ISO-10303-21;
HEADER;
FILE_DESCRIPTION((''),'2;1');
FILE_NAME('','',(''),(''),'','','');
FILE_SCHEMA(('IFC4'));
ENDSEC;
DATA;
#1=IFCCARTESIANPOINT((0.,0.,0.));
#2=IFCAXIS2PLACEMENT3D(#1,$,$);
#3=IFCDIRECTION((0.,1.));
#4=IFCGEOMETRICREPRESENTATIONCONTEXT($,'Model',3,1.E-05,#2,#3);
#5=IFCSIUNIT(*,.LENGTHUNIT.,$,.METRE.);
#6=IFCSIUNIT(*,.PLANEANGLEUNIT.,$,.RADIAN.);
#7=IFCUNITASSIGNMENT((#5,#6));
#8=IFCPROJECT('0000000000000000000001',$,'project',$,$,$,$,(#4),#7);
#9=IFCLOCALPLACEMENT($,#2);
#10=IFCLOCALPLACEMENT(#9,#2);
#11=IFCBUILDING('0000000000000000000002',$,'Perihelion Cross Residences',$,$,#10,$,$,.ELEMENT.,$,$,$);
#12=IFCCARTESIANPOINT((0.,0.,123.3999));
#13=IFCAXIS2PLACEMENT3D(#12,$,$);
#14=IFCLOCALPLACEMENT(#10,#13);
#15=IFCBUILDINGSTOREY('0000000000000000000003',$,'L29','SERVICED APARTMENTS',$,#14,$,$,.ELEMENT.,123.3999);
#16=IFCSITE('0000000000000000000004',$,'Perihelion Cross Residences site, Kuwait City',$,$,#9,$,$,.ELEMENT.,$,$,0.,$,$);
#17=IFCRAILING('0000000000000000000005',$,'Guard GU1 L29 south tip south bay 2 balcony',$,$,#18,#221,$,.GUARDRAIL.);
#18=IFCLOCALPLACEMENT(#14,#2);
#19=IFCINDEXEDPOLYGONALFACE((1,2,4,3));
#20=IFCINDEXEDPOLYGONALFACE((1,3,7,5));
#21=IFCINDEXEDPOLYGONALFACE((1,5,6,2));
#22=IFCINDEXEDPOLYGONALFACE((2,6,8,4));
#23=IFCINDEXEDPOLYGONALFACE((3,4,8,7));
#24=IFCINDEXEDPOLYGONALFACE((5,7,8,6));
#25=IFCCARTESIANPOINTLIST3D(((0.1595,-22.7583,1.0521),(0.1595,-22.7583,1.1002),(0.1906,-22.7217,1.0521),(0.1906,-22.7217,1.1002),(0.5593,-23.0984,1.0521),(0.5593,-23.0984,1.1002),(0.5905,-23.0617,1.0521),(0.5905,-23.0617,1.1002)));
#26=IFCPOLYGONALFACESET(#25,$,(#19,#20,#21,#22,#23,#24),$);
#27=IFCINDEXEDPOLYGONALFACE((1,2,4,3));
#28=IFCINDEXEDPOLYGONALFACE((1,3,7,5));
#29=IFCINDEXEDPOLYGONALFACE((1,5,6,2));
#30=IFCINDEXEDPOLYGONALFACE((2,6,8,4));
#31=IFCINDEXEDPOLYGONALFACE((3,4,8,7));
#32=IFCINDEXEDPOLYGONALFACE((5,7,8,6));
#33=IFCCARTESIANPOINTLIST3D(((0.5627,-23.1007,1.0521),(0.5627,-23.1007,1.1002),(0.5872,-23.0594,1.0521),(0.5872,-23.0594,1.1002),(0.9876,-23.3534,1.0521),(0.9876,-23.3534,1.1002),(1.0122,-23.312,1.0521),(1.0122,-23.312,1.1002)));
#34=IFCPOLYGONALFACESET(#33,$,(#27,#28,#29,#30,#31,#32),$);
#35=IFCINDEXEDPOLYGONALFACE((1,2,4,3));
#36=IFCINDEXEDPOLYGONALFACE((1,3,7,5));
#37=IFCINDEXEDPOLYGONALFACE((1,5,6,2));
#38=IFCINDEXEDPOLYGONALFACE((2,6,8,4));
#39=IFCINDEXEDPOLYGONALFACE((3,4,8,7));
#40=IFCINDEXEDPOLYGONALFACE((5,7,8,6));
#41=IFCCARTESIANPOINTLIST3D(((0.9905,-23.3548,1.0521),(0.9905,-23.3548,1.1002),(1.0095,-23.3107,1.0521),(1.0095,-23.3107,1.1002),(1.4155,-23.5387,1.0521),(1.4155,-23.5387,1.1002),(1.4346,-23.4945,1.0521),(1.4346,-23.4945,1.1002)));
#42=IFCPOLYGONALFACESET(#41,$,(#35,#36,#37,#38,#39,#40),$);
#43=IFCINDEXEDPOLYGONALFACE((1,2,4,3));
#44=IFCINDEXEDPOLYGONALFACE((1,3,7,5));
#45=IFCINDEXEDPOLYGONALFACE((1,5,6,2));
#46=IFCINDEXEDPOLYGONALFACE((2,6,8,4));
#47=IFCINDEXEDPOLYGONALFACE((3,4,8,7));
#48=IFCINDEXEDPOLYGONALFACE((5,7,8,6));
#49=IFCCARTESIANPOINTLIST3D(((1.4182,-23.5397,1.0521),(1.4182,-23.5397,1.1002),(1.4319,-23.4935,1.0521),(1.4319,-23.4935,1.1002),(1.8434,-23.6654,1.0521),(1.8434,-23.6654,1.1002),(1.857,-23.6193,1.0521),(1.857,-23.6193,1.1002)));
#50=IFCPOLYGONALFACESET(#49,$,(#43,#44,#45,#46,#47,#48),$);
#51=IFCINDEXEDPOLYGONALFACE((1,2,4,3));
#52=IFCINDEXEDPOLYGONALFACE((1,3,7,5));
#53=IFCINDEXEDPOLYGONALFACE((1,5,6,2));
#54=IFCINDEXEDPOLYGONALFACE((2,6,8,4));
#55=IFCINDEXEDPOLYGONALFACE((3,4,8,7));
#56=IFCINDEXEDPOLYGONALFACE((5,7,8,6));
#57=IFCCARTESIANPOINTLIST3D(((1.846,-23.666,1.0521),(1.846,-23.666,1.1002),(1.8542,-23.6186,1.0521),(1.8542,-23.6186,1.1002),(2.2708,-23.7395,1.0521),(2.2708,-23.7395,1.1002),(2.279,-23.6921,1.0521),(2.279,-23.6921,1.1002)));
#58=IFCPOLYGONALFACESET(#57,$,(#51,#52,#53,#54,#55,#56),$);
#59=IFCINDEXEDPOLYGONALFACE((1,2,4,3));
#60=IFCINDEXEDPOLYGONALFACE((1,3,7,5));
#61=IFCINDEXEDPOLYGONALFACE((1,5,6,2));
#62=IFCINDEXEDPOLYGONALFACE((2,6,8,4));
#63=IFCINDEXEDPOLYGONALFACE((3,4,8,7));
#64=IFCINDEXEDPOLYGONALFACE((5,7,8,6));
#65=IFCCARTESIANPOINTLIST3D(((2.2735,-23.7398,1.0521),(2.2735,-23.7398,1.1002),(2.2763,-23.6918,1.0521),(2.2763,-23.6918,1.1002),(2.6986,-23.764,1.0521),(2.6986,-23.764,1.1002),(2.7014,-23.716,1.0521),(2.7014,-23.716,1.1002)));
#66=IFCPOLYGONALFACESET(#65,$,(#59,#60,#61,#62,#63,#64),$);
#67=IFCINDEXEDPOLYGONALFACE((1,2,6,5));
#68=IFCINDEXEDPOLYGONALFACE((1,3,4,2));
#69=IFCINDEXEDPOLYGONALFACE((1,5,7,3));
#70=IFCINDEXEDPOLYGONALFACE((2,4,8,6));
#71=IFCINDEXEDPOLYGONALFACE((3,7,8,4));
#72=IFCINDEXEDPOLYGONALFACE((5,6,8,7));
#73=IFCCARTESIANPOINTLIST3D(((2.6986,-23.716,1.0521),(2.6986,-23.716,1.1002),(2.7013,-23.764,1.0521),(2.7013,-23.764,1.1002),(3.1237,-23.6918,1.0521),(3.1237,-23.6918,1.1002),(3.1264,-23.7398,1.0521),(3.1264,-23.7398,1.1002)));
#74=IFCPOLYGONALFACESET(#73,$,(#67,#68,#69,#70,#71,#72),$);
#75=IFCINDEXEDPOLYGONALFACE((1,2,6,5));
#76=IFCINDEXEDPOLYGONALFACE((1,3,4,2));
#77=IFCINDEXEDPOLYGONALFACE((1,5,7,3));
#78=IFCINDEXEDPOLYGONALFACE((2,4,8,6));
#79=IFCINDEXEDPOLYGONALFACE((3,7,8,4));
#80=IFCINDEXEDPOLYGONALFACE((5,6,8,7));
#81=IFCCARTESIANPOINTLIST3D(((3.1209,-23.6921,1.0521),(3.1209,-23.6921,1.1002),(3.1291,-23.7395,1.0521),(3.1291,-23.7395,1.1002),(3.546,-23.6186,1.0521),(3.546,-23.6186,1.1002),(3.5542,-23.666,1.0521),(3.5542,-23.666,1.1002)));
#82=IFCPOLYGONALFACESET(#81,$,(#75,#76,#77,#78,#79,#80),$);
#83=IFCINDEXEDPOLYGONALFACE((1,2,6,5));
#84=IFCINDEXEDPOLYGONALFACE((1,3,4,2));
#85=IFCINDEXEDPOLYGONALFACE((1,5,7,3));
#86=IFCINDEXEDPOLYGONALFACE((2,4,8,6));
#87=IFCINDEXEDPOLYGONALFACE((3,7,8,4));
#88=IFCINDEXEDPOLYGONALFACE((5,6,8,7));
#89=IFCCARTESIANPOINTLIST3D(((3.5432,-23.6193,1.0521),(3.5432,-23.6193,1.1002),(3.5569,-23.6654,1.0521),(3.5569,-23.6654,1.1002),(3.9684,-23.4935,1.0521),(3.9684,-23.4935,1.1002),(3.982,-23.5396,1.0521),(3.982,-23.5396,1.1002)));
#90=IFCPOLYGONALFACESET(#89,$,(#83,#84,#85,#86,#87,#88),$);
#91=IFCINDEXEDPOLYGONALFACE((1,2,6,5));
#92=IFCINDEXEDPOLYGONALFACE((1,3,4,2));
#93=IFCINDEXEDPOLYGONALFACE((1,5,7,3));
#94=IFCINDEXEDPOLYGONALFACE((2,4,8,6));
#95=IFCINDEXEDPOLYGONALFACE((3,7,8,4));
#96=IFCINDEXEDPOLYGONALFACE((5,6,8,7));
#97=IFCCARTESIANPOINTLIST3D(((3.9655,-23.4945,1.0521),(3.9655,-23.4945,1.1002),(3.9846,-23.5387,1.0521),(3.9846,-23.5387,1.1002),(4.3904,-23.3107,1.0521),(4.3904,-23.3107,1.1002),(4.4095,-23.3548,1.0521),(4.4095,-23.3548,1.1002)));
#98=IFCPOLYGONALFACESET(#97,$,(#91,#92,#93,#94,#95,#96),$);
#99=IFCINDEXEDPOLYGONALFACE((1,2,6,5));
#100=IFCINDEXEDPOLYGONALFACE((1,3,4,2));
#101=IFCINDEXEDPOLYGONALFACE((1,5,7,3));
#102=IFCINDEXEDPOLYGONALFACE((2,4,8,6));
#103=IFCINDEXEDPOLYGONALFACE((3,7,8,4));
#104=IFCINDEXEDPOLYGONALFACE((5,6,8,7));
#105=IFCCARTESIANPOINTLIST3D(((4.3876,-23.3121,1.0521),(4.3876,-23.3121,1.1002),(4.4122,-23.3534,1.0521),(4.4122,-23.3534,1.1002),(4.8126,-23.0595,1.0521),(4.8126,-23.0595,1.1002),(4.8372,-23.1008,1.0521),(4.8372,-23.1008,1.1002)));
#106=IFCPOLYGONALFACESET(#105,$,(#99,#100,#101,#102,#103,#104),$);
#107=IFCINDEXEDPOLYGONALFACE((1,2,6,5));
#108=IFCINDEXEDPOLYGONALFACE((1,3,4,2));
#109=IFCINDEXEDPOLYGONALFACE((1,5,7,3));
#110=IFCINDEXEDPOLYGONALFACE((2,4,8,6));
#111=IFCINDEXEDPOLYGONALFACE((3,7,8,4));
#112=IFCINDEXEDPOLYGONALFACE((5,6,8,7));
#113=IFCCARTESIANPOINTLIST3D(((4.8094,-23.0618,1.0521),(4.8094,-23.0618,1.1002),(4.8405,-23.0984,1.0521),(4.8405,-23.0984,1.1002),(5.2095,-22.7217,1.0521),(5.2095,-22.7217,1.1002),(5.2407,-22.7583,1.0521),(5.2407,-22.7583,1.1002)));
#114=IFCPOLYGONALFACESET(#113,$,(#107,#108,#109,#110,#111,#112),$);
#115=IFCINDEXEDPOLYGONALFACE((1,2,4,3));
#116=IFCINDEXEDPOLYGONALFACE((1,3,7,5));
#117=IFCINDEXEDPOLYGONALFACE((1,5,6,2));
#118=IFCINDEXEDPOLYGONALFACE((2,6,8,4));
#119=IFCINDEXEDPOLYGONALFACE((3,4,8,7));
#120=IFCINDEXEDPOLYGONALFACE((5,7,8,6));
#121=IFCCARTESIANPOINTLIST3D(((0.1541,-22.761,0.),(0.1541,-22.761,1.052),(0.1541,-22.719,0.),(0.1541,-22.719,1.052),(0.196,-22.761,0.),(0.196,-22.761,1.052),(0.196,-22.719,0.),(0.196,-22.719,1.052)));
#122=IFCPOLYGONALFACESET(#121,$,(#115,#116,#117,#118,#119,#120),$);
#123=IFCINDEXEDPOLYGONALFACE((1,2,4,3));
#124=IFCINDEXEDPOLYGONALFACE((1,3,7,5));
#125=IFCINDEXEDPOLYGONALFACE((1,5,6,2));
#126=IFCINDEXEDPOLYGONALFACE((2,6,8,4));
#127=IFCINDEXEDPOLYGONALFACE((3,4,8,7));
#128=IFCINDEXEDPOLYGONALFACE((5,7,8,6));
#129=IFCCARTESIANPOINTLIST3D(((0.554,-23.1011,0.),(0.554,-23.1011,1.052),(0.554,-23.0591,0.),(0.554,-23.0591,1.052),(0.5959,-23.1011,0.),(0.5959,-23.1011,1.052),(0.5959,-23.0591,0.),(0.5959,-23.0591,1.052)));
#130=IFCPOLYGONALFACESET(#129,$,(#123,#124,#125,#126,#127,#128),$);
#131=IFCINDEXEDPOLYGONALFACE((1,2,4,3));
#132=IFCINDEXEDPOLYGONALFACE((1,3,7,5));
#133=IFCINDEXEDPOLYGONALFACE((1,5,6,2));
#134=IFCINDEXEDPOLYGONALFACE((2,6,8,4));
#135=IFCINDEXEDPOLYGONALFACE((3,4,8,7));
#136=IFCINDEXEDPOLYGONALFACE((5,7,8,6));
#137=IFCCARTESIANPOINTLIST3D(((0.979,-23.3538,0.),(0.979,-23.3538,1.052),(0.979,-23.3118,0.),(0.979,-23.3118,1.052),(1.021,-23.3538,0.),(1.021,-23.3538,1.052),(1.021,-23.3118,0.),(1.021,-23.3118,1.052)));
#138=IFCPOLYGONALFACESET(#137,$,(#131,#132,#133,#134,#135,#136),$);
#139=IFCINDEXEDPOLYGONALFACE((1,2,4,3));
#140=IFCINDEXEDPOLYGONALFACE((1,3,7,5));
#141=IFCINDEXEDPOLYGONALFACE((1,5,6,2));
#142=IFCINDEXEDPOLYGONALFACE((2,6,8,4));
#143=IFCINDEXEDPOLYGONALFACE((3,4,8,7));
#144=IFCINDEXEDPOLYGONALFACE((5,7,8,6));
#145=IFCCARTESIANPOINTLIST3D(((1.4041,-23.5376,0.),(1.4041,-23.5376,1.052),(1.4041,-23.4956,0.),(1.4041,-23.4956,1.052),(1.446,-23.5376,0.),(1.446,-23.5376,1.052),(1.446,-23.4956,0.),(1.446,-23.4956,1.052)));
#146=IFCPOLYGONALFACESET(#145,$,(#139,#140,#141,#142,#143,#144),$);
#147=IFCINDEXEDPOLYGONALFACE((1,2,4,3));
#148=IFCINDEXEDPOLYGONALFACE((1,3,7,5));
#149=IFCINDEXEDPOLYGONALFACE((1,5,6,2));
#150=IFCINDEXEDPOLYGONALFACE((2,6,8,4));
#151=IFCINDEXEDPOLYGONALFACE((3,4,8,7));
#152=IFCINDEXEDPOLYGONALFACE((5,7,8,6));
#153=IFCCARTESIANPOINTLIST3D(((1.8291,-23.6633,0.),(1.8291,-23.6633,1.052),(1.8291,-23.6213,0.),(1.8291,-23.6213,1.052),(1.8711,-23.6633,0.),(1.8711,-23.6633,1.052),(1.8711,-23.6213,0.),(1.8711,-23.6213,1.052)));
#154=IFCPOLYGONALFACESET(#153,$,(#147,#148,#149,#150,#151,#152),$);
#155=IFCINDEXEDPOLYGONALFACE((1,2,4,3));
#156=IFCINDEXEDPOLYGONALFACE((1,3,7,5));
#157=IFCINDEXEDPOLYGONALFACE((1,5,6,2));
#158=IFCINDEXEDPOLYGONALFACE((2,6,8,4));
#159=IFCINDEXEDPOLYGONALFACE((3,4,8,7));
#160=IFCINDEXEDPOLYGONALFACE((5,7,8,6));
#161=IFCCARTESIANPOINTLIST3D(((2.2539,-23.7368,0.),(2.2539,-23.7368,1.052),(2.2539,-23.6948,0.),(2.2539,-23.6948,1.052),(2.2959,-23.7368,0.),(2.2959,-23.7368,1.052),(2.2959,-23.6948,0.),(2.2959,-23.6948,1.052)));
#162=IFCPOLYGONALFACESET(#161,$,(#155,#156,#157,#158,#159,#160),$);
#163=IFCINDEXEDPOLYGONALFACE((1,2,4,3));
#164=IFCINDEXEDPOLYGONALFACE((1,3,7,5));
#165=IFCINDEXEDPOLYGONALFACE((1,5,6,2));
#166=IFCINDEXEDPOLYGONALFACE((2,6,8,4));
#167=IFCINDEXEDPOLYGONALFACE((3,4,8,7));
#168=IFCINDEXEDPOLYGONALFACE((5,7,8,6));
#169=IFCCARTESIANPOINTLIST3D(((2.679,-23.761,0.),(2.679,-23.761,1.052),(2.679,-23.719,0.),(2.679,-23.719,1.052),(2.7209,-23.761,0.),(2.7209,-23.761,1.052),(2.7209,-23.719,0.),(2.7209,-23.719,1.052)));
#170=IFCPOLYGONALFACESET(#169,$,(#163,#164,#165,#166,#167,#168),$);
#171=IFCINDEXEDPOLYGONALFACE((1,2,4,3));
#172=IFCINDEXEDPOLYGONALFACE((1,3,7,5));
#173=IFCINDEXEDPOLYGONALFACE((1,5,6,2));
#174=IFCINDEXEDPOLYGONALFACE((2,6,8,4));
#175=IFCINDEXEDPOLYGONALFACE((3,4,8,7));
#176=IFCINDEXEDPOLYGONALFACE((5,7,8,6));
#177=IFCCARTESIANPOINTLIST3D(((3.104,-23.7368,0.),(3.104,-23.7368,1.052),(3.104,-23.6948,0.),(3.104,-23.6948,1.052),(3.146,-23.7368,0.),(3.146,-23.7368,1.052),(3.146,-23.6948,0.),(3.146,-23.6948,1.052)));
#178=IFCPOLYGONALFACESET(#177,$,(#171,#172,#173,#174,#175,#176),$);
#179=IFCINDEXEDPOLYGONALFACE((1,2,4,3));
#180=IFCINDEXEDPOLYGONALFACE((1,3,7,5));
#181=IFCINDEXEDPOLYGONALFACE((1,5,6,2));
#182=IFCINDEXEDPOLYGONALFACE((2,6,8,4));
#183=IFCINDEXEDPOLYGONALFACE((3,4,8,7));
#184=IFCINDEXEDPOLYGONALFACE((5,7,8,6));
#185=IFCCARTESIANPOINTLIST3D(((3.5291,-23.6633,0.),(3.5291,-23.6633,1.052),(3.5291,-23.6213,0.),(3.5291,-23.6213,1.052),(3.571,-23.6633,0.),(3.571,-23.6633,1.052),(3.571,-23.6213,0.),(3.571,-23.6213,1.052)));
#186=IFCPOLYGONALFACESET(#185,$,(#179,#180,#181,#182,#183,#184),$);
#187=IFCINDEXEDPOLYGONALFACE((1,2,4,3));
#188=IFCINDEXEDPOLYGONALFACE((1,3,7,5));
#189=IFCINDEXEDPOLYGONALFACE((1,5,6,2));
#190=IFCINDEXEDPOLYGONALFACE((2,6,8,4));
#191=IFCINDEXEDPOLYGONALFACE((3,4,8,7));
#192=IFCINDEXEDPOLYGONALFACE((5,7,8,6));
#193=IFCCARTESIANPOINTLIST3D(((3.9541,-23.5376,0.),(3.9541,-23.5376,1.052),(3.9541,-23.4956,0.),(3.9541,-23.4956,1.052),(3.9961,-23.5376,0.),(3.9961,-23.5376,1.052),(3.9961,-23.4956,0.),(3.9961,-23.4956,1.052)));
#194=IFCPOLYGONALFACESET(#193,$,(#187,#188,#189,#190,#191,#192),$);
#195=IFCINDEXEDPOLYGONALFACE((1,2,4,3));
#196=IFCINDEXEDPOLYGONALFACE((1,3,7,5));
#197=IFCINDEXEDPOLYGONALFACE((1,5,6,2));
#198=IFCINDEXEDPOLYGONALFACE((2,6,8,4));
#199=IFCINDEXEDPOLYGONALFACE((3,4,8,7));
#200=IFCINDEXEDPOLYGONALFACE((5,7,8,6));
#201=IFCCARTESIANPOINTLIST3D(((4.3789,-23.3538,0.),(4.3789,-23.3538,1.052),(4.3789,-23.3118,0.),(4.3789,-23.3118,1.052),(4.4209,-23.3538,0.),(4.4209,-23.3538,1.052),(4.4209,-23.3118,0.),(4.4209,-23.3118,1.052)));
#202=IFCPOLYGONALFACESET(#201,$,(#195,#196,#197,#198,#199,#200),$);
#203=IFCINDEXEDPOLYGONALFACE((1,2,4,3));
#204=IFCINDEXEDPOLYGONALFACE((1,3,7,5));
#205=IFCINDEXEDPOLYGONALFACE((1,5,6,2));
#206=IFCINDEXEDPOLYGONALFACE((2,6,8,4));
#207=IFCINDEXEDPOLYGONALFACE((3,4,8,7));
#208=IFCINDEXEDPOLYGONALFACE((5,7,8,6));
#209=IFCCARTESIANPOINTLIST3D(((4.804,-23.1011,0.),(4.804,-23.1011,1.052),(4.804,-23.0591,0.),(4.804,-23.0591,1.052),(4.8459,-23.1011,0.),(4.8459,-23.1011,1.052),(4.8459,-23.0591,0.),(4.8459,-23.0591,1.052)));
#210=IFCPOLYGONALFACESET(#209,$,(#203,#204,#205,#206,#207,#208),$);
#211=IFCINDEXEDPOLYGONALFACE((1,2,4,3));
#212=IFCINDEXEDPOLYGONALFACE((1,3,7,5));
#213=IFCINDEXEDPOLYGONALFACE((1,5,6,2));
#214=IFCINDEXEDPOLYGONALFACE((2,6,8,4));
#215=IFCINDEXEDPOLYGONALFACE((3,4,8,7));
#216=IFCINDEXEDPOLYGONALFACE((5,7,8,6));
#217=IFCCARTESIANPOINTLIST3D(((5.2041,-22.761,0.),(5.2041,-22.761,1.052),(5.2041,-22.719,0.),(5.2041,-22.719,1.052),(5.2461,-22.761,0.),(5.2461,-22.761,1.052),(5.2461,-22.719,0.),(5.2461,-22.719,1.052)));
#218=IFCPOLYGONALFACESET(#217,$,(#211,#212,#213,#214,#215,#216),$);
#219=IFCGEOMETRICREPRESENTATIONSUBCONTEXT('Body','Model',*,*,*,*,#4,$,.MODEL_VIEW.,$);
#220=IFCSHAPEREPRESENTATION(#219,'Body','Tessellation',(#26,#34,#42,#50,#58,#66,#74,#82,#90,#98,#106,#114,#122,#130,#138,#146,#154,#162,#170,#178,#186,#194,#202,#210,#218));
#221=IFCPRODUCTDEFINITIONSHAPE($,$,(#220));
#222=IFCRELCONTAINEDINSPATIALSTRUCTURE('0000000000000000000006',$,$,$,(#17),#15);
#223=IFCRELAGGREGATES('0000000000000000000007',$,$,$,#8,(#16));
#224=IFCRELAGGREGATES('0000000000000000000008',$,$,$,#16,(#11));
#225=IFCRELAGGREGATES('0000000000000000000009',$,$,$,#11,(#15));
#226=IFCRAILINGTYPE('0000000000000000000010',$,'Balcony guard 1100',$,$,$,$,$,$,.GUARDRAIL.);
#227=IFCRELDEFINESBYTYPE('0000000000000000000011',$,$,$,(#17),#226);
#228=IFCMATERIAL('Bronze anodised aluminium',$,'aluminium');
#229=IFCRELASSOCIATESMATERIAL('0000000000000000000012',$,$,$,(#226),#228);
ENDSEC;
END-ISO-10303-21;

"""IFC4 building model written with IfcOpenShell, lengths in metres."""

from ifc_helpers import new_model, si_unit, direction, frame, origin, origin_2d, place, context, subcontext, project, spatial, rectangle, extrude, material, type_object, element, save


model = new_model("IFC4")

# Units and contexts
model_context = context("Model", 3, precision=1e-05, world=origin(), true_north=direction((0.0, 1.0)))
body_context = subcontext(model_context, "Body", "Model", "MODEL_VIEW")
ifc_project = project(units=[si_unit("LENGTHUNIT", "METRE"), si_unit("PLANEANGLEUNIT", "RADIAN")], contexts=[model_context])

# Site, building, storey
site_placement = place(None, origin())
site = spatial("IfcSite", under=ifc_project, at=site_placement, Name="Perihelion Cross Residences site, Kuwait City", CompositionType="ELEMENT", RefElevation=0.0)
building_placement = place(site_placement, origin())
building = spatial("IfcBuilding", under=site, at=building_placement, Name="Perihelion Cross Residences", CompositionType="ELEMENT")
storey_placement = place(building_placement, frame((0.0, 0.0, 123.3999)))
storey = spatial("IfcBuildingStorey", under=building, at=storey_placement, Name="L29", Description="SERVICED APARTMENTS", CompositionType="ELEMENT", Elevation=123.3999)

# Railing
ifc_material_1 = material(Name="Bronze anodised aluminium", Category="aluminium")
railing_type = type_object("IfcRailingType", Name="Balcony guard 1100", PredefinedType="GUARDRAIL", material=ifc_material_1)
railing_placement = place(storey_placement, frame((0.175, -22.74, 0.0)))
element("IfcRailing", 1, at=railing_placement, inside=storey, type_object=railing_type, Name="Guard GU1 L29 south tip south bay 2 balcony", PredefinedType="GUARDRAIL", context=body_context, shape_type="SweptSolid", body=[
    extrude(rectangle(XDim=0.0481, YDim=0.0481, at=origin_2d()), frame((0.0, 0.0, 1.0762), z_axis=(0.761779, -0.647837, 0.0), x_axis=(0.647837, 0.761779, 0.0)), (0.0, 0.0, 1.0), 0.5249),
    extrude(rectangle(XDim=0.0481, YDim=0.0481, at=origin_2d()), frame((0.3999, -0.3401, 1.0762), z_axis=(0.859577, -0.511006, 0.0), x_axis=(0.511006, 0.859577, 0.0)), (0.0, 0.0, 1.0), 0.4944),
    extrude(rectangle(XDim=0.0481, YDim=0.0481, at=origin_2d()), frame((0.825, -0.5928, 1.0762), z_axis=(0.917831, -0.396971, 0.0), x_axis=(0.396971, 0.917831, 0.0)), (0.0, 0.0, 1.0), 0.4631),
    extrude(rectangle(XDim=0.0481, YDim=0.0481, at=origin_2d()), frame((1.25, -0.7766, 1.0762), z_axis=(0.958926, -0.283657, 0.0), x_axis=(0.283657, 0.958926, 0.0)), (0.0, 0.0, 1.0), 0.4434),
    extrude(rectangle(XDim=0.0481, YDim=0.0481, at=origin_2d()), frame((1.675, -0.9023, 1.0762), z_axis=(0.985365, -0.170457, 0.0), x_axis=(0.170457, 0.985365, 0.0)), (0.0, 0.0, 1.0), 0.4312),
    extrude(rectangle(XDim=0.0481, YDim=0.0481, at=origin_2d()), frame((2.0999, -0.9758, 1.0762), z_axis=(0.998387, -0.056772, 0.0), x_axis=(0.056772, 0.998387, 0.0)), (0.0, 0.0, 1.0), 0.4258),
    extrude(rectangle(XDim=0.0481, YDim=0.0481, at=origin_2d()), frame((2.5249, -1.0, 1.0762), z_axis=(0.998387, 0.056772, 0.0), x_axis=(-0.056772, 0.998387, 0.0)), (0.0, 0.0, 1.0), 0.4258),
    extrude(rectangle(XDim=0.0481, YDim=0.0481, at=origin_2d()), frame((2.95, -0.9758, 1.0762), z_axis=(0.985382, 0.170362, 0.0), x_axis=(-0.170362, 0.985382, 0.0)), (0.0, 0.0, 1.0), 0.4314),
    extrude(rectangle(XDim=0.0481, YDim=0.0481, at=origin_2d()), frame((3.375, -0.9023, 1.0762), z_axis=(0.958926, 0.283657, 0.0), x_axis=(-0.283657, 0.958926, 0.0)), (0.0, 0.0, 1.0), 0.4434),
    extrude(rectangle(XDim=0.0481, YDim=0.0481, at=origin_2d()), frame((3.8, -0.7766, 1.0762), z_axis=(0.917748, 0.397163, 0.0), x_axis=(-0.397163, 0.917748, 0.0)), (0.0, 0.0, 1.0), 0.4629),
    extrude(rectangle(XDim=0.0481, YDim=0.0481, at=origin_2d()), frame((4.2249, -0.5928, 1.0762), z_axis=(0.859577, 0.511006, 0.0), x_axis=(-0.511006, 0.859577, 0.0)), (0.0, 0.0, 1.0), 0.4944),
    extrude(rectangle(XDim=0.0481, YDim=0.0481, at=origin_2d()), frame((4.6499, -0.3401, 1.0762), z_axis=(0.761974, 0.647608, 0.0), x_axis=(-0.647608, 0.761974, 0.0)), (0.0, 0.0, 1.0), 0.5251),
    extrude(rectangle(XDim=0.042, YDim=0.042, at=origin_2d()), origin(), (0.0, 0.0, 1.0), 1.052),
    extrude(rectangle(XDim=0.042, YDim=0.042, at=origin_2d()), frame((0.3999, -0.3401, 0.0)), (0.0, 0.0, 1.0), 1.052),
    extrude(rectangle(XDim=0.042, YDim=0.042, at=origin_2d()), frame((0.825, -0.5928, 0.0)), (0.0, 0.0, 1.0), 1.052),
    extrude(rectangle(XDim=0.042, YDim=0.042, at=origin_2d()), frame((1.25, -0.7766, 0.0)), (0.0, 0.0, 1.0), 1.052),
    extrude(rectangle(XDim=0.042, YDim=0.042, at=origin_2d()), frame((1.675, -0.9023, 0.0)), (0.0, 0.0, 1.0), 1.052),
    extrude(rectangle(XDim=0.042, YDim=0.042, at=origin_2d()), frame((2.0999, -0.9758, 0.0)), (0.0, 0.0, 1.0), 1.052),
    extrude(rectangle(XDim=0.042, YDim=0.042, at=origin_2d()), frame((2.5249, -1.0, 0.0)), (0.0, 0.0, 1.0), 1.052),
    extrude(rectangle(XDim=0.042, YDim=0.042, at=origin_2d()), frame((2.95, -0.9758, 0.0)), (0.0, 0.0, 1.0), 1.052),
    extrude(rectangle(XDim=0.042, YDim=0.042, at=origin_2d()), frame((3.375, -0.9023, 0.0)), (0.0, 0.0, 1.0), 1.052),
    extrude(rectangle(XDim=0.042, YDim=0.042, at=origin_2d()), frame((3.8, -0.7766, 0.0)), (0.0, 0.0, 1.0), 1.052),
    extrude(rectangle(XDim=0.042, YDim=0.042, at=origin_2d()), frame((4.2249, -0.5928, 0.0)), (0.0, 0.0, 1.0), 1.052),
    extrude(rectangle(XDim=0.042, YDim=0.042, at=origin_2d()), frame((4.6499, -0.3401, 0.0)), (0.0, 0.0, 1.0), 1.052),
    extrude(rectangle(XDim=0.042, YDim=0.042, at=origin_2d()), frame((5.05, 0.0, 0.0)), (0.0, 0.0, 1.0), 1.052),
])

save(model, "model.ifc")
